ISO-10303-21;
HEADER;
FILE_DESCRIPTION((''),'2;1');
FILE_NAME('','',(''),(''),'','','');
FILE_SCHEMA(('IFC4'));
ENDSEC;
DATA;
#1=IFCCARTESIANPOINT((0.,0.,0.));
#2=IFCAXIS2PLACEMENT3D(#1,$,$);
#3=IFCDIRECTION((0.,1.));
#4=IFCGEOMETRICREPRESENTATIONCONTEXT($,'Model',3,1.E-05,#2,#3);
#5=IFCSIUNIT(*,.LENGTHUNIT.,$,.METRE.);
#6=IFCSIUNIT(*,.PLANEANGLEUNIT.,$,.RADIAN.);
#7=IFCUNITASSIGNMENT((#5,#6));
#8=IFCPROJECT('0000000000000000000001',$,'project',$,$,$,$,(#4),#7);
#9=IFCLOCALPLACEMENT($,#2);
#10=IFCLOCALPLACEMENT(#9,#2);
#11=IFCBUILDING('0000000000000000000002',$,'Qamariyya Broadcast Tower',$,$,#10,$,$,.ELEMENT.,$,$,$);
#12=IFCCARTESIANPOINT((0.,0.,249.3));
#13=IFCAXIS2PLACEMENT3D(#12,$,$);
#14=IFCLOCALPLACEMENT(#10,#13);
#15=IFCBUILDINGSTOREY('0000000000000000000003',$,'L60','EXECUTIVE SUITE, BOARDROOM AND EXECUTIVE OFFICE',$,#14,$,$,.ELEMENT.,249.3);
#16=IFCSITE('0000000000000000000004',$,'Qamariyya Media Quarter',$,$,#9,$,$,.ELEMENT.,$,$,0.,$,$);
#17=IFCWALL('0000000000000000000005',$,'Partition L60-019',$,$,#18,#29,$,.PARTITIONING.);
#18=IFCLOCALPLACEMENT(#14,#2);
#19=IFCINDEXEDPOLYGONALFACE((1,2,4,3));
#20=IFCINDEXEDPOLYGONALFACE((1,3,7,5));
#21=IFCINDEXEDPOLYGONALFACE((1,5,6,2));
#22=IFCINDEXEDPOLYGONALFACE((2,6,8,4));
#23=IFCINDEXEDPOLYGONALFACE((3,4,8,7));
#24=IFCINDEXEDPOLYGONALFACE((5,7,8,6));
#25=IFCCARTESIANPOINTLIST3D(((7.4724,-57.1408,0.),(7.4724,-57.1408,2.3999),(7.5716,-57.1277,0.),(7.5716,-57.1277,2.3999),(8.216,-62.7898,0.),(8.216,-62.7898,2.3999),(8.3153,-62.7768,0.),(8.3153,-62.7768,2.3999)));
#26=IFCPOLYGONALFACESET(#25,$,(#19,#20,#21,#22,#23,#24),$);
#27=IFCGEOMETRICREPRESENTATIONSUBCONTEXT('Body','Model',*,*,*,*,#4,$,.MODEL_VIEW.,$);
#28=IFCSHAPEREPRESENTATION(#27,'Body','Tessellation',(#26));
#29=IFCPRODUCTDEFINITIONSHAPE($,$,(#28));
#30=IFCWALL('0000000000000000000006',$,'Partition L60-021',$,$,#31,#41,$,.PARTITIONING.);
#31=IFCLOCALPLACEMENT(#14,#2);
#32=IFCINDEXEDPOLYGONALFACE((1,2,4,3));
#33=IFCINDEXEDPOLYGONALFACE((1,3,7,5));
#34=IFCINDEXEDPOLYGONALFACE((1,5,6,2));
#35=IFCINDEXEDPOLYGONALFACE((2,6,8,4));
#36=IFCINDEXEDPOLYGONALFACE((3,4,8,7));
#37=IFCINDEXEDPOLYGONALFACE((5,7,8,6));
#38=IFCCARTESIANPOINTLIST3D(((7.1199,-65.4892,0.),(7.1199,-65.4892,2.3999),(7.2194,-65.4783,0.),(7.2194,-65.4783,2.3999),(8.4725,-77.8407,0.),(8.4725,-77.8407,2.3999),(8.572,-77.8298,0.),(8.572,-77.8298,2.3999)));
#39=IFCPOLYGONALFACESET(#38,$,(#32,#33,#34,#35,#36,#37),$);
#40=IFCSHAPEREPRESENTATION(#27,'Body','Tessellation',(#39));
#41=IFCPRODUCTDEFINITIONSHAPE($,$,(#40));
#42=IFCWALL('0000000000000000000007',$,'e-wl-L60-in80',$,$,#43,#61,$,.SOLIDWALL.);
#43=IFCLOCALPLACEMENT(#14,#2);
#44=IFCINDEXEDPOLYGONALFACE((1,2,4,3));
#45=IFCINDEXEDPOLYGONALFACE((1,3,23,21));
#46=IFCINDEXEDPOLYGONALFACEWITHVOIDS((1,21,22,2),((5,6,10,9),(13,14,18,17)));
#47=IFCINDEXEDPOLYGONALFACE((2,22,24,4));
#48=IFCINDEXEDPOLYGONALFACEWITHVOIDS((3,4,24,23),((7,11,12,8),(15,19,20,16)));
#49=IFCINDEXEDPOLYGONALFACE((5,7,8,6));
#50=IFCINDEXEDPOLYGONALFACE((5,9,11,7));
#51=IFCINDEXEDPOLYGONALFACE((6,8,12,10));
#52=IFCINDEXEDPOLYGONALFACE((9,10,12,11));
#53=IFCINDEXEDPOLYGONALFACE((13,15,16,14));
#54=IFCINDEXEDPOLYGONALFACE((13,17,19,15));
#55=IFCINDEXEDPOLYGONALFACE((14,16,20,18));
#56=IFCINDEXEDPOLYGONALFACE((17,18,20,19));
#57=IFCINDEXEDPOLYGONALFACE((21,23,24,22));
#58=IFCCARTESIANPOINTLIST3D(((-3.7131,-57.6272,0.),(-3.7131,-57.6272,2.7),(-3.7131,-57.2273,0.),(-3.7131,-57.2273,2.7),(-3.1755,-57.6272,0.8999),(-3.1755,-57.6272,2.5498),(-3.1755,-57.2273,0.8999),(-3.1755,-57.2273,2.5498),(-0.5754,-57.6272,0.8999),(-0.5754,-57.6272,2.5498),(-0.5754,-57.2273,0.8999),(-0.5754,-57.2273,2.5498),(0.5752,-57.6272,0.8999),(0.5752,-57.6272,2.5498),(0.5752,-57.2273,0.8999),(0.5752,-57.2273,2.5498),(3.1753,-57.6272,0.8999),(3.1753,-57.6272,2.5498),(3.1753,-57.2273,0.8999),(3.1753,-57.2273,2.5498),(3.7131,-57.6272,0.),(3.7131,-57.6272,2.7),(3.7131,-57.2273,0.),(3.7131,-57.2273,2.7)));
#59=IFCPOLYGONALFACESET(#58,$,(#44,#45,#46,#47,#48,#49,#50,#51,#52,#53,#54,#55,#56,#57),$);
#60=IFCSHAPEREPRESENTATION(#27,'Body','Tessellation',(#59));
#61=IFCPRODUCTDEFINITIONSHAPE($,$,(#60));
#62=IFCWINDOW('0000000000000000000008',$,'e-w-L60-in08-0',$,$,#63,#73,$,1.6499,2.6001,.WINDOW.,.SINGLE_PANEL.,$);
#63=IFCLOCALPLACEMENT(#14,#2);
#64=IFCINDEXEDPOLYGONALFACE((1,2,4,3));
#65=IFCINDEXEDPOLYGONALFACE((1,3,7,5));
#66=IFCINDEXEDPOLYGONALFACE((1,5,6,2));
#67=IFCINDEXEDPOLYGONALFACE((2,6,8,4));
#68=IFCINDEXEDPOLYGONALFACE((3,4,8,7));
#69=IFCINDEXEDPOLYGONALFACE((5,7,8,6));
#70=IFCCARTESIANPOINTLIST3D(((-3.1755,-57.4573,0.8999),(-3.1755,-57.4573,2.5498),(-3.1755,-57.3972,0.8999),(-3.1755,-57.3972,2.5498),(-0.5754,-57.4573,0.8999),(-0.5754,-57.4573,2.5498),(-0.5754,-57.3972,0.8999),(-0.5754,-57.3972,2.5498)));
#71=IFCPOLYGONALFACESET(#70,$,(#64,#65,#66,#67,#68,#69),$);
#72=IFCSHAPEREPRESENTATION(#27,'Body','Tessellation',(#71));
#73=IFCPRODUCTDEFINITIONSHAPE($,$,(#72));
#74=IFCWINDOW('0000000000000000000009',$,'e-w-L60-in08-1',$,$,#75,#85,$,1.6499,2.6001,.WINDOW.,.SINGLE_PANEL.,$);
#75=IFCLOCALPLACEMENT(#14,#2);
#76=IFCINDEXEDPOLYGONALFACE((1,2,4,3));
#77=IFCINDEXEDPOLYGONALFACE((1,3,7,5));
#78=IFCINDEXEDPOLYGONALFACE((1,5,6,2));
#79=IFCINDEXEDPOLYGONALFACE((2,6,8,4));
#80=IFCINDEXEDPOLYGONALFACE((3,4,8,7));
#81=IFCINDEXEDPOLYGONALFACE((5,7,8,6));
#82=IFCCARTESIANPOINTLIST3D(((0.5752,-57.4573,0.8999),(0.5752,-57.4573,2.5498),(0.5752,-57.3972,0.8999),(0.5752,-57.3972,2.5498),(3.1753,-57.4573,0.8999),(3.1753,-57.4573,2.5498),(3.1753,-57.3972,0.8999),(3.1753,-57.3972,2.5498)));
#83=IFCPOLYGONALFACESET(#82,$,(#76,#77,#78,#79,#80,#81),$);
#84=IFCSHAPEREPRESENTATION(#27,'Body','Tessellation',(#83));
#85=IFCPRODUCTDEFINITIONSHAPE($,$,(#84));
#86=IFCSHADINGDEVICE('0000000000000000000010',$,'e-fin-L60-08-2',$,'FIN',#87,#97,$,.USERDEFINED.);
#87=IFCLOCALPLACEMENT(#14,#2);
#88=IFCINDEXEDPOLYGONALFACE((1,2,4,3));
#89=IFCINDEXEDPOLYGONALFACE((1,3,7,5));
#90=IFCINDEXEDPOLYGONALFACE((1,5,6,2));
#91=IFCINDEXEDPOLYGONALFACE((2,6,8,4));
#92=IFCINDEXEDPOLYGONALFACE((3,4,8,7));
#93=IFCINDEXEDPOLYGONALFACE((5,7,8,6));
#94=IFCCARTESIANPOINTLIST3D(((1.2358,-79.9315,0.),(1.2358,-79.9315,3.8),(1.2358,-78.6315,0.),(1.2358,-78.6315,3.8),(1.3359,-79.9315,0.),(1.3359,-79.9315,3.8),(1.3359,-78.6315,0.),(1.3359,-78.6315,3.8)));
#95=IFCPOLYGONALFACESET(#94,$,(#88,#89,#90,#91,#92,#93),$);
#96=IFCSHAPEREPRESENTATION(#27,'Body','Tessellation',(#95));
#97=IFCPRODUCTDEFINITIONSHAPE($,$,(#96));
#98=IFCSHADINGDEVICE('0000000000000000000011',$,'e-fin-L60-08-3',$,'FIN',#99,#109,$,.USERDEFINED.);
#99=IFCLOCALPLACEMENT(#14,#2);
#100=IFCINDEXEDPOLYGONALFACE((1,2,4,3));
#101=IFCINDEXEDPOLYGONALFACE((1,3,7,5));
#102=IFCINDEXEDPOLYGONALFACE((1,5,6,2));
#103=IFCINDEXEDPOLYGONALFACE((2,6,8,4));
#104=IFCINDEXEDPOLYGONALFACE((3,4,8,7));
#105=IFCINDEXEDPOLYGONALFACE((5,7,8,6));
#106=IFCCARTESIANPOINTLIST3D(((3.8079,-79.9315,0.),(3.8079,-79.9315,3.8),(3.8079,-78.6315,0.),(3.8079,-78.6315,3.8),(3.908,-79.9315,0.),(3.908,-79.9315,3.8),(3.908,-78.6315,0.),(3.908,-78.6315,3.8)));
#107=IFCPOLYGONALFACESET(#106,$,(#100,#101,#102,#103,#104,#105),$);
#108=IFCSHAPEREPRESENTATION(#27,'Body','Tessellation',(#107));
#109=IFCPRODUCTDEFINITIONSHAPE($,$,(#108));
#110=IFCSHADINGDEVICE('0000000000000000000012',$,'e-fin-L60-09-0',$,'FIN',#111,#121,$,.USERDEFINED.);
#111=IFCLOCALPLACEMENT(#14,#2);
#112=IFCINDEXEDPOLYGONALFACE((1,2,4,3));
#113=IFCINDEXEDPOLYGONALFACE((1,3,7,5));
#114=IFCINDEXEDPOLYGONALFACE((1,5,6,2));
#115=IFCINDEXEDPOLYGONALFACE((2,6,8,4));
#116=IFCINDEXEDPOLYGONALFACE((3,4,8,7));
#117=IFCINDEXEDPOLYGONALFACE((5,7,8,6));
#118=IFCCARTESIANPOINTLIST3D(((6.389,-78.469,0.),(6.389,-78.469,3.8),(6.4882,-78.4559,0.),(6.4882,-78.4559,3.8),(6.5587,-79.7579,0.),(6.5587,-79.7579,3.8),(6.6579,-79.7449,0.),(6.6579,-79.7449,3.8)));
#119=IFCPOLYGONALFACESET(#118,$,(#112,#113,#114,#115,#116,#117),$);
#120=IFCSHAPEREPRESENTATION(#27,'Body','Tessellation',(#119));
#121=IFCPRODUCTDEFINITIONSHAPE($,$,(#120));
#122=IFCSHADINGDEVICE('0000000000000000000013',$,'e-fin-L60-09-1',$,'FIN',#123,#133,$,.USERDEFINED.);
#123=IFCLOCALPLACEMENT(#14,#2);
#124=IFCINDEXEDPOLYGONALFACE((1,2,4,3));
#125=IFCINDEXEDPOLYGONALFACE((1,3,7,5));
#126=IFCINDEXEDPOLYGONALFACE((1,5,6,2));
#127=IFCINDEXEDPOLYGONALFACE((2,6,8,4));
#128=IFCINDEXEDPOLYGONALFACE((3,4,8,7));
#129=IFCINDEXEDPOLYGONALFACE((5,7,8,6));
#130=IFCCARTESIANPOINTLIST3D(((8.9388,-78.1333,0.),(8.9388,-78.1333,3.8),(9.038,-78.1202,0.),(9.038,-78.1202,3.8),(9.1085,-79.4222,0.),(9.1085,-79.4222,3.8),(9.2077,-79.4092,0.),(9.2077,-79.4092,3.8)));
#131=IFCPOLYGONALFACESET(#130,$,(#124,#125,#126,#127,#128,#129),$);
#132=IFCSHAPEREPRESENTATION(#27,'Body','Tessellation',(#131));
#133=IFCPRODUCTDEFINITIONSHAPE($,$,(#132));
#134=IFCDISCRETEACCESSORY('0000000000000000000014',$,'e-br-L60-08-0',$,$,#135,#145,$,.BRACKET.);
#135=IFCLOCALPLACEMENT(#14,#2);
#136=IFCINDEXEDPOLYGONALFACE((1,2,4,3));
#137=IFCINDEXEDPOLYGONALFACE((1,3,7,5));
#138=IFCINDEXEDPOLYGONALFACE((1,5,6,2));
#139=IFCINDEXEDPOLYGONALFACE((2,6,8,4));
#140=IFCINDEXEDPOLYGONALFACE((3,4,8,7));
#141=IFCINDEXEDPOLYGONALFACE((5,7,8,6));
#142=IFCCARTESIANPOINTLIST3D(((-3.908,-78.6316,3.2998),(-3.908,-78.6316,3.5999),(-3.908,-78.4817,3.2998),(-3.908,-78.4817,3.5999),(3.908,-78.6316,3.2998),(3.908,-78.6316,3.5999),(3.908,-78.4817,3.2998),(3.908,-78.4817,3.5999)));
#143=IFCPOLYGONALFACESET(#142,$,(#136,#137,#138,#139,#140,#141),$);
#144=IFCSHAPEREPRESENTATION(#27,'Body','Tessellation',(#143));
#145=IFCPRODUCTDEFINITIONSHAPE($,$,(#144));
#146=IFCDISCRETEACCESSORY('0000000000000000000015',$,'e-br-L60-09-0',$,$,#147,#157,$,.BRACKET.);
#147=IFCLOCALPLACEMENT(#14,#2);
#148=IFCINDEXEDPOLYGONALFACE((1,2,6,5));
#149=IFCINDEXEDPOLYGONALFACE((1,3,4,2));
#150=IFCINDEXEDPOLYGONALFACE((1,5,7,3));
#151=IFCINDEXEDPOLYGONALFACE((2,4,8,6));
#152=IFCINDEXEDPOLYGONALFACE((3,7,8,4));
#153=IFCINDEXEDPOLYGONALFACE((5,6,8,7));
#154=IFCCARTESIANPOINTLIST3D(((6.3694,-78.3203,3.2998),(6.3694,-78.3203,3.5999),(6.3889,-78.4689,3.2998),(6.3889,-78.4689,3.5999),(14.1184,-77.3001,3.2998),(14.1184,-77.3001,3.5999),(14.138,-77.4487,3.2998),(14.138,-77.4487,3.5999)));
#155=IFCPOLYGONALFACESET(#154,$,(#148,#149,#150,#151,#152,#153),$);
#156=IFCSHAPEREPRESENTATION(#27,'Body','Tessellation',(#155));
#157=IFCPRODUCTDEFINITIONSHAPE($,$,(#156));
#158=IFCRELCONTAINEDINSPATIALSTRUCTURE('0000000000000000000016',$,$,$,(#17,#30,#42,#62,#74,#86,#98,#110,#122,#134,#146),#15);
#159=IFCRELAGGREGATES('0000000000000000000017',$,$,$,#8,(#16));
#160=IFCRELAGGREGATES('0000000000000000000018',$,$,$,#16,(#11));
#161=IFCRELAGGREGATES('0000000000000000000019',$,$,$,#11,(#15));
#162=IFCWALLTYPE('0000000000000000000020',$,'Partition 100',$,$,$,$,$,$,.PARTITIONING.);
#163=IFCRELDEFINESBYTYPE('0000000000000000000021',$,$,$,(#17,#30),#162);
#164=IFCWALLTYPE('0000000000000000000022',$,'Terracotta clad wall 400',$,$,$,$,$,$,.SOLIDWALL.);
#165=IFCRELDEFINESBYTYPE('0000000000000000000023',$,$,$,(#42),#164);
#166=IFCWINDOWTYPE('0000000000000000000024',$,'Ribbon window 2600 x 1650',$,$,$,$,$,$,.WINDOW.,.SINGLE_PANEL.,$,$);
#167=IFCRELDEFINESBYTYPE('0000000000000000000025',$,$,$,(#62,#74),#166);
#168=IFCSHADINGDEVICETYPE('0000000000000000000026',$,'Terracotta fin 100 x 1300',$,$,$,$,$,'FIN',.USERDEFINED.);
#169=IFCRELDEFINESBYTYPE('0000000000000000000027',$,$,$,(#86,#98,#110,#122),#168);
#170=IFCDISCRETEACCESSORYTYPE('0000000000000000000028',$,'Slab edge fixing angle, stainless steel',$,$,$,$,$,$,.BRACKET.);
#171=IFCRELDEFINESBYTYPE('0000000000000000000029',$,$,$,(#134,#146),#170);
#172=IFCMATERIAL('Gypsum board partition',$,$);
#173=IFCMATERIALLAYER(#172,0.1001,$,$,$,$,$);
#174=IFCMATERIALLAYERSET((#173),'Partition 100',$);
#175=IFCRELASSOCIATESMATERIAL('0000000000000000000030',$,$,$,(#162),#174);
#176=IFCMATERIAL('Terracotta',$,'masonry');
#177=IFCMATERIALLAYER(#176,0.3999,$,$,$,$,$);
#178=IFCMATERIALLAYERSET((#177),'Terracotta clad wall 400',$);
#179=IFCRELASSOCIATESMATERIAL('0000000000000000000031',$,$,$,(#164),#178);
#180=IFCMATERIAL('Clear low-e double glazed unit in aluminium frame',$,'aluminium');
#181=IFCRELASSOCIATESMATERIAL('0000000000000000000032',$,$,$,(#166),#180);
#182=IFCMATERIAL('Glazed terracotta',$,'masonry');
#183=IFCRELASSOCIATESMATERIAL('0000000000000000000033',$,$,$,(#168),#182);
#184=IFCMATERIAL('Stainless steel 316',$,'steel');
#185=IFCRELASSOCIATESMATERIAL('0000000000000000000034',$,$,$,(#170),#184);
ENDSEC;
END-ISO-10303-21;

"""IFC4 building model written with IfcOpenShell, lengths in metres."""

from ifc_helpers import new_model, si_unit, direction, frame, frame_2d, origin, origin_2d, place, context, subcontext, project, spatial, rectangle, extrude, material, layer, layer_set, material_profile, profile_set, type_object, element, fill, save


model = new_model("IFC4")

# Units and contexts
model_context = context("Model", 3, precision=1e-05, world=origin(), true_north=direction((0.0, 1.0)))
body_context = subcontext(model_context, "Body", "Model", "MODEL_VIEW")
ifc_project = project(units=[si_unit("LENGTHUNIT", "METRE"), si_unit("PLANEANGLEUNIT", "RADIAN")], contexts=[model_context])

# Site, building, storey
site_placement = place(None, origin())
site = spatial("IfcSite", under=ifc_project, at=site_placement, Name="Qamariyya Media Quarter", CompositionType="ELEMENT", RefElevation=0.0)
building_placement = place(site_placement, origin())
building = spatial("IfcBuilding", under=site, at=building_placement, Name="Qamariyya Broadcast Tower", CompositionType="ELEMENT")
storey_placement = place(building_placement, frame((0.0, 0.0, 249.3)))
storey = spatial("IfcBuildingStorey", under=building, at=storey_placement, Name="L60", Description="EXECUTIVE SUITE, BOARDROOM AND EXECUTIVE OFFICE", CompositionType="ELEMENT", Elevation=249.3)

# Shared definitions
ifc_material_1 = material(Name="Gypsum board partition")

# Walls
ifc_layer_1 = layer(ifc_material_1, 0.1001)
ifc_layer_set_1 = layer_set([ifc_layer_1], Name="Partition 100")
wall_type_1 = type_object("IfcWallType", Name="Partition 100", PredefinedType="PARTITIONING", material=ifc_layer_set_1)
wall_1_placement = place(storey_placement, frame((7.522, -57.1343, 0.0), z_axis=(0.0, 0.0, 1.0), x_axis=(0.130519, -0.991446, 0.0)))
element("IfcWall", 1, at=wall_1_placement, inside=storey, type_object=wall_type_1, Name="Partition L60-019", PredefinedType="PARTITIONING", context=body_context, shape_type="SweptSolid", body=[
    extrude(rectangle(XDim=5.6978, YDim=0.1001, at=frame_2d((2.8489, 0.0))), origin(), (0.0, 0.0, 1.0), 2.3999),
])
wall_2_placement = place(storey_placement, frame((8.5222, -77.8352, 0.0), z_axis=(0.0, 0.0, 1.0), x_axis=(-0.108853, 0.994058, 0.0)))
element("IfcWall", 2, at=wall_2_placement, inside=storey, type_object=wall_type_1, Name="Partition L60-021", PredefinedType="PARTITIONING", context=body_context, shape_type="SweptSolid", body=[
    extrude(rectangle(XDim=12.4253, YDim=0.1001, at=frame_2d((6.2126, 0.0))), origin(), (0.0, 0.0, 1.0), 2.3999),
])

# Wall, openings, windows
ifc_material_2 = material(Name="Terracotta", Category="masonry")
ifc_layer_2 = layer(ifc_material_2, 0.3999)
ifc_layer_set_2 = layer_set([ifc_layer_2], Name="Terracotta clad wall 400")
wall_type_2 = type_object("IfcWallType", Name="Terracotta clad wall 400", PredefinedType="SOLIDWALL", material=ifc_layer_set_2)
wall_3_placement = place(storey_placement, frame((3.7131, -57.4272, 0.0), z_axis=(0.0, 0.0, 1.0), x_axis=(-1.0, 0.0, 0.0)))
wall_3 = element("IfcWall", 3, at=wall_3_placement, inside=storey, type_object=wall_type_2, Name="e-wl-L60-in80", PredefinedType="SOLIDWALL", context=body_context, shape_type="SweptSolid", body=[
    extrude(rectangle(XDim=7.4263, YDim=0.3999, at=frame_2d((3.7131, 0.0))), origin(), (0.0, 0.0, 1.0), 2.7),
])
opening_1_placement = place(wall_3_placement, frame((4.2886, 0.0, 0.8999)))
opening_1 = element("IfcOpeningElement", 4, at=opening_1_placement, cuts=wall_3, PredefinedType="OPENING", context=body_context, shape_type="SweptSolid", body=[
    extrude(rectangle(XDim=2.6001, YDim=1.6499, at=frame_2d((1.3, 0.825))), frame((0.0, 0.21, 0.0), z_axis=(0.0, -1.0, 0.0), x_axis=(1.0, 0.0, 0.0)), (0.0, 0.0, 1.0), 0.4199),
])
opening_2_placement = place(wall_3_placement, frame((0.5378, 0.0, 0.8999)))
opening_2 = element("IfcOpeningElement", 5, at=opening_2_placement, cuts=wall_3, PredefinedType="OPENING", context=body_context, shape_type="SweptSolid", body=[
    extrude(rectangle(XDim=2.6001, YDim=1.6499, at=frame_2d((1.3, 0.825))), frame((0.0, 0.21, 0.0), z_axis=(0.0, -1.0, 0.0), x_axis=(1.0, 0.0, 0.0)), (0.0, 0.0, 1.0), 0.4199),
])
ifc_material_3 = material(Name="Clear low-e double glazed unit in aluminium frame", Category="aluminium")
window_type = type_object("IfcWindowType", Name="Ribbon window 2600 x 1650", PartitioningType="SINGLE_PANEL", PredefinedType="WINDOW", material=ifc_material_3)
window_1_placement = place(opening_1_placement, origin())
window_1 = element("IfcWindow", 6, at=window_1_placement, inside=storey, type_object=window_type, Name="e-w-L60-in08-0", OverallHeight=1.6499, OverallWidth=2.6001, PartitioningType="SINGLE_PANEL", PredefinedType="WINDOW", context=body_context, shape_type="SweptSolid", body=[
    extrude(rectangle(XDim=2.6001, YDim=1.6499, at=frame_2d((1.3, 0.825))), frame((0.0, 0.03, 0.0), z_axis=(0.0, -1.0, 0.0), x_axis=(1.0, 0.0, 0.0)), (0.0, 0.0, 1.0), 0.0601),
])
fill(opening_1, window_1)
window_2_placement = place(opening_2_placement, origin())
window_2 = element("IfcWindow", 7, at=window_2_placement, inside=storey, type_object=window_type, Name="e-w-L60-in08-1", OverallHeight=1.6499, OverallWidth=2.6001, PartitioningType="SINGLE_PANEL", PredefinedType="WINDOW", context=body_context, shape_type="SweptSolid", body=[
    extrude(rectangle(XDim=2.6001, YDim=1.6499, at=frame_2d((1.3, 0.825))), frame((0.0, 0.03, 0.0), z_axis=(0.0, -1.0, 0.0), x_axis=(1.0, 0.0, 0.0)), (0.0, 0.0, 1.0), 0.0601),
])
fill(opening_2, window_2)

# Shading devices
ifc_material_4 = material(Name="Glazed terracotta", Category="masonry")
ifc_material_profile_1 = material_profile(ifc_material_4, rectangle(XDim=1.3, YDim=0.1001, at=origin_2d()))
ifc_profile_set_1 = profile_set([ifc_material_profile_1], Name="Glazed terracotta")
shading_device_type_1 = type_object("IfcShadingDeviceType", Name="Terracotta fin 100 x 1300", ElementType="FIN", PredefinedType="USERDEFINED", material=ifc_profile_set_1)
for number, where, z_axis, x_axis, name in (
    (8, (1.2859, -79.2815, 0.0), (0.0, 0.0, 1.0), (0.0, -1.0, 0.0), "e-fin-L60-08-2"),
    (9, (3.8579, -79.2815, 0.0), (0.0, 0.0, 1.0), (0.0, -1.0, 0.0), "e-fin-L60-08-3"),
    (10, (6.5234, -79.1069, 0.0), (0.0, 0.0, 1.0), (0.130526, -0.991445, 0.0), "e-fin-L60-09-0"),
    (11, (9.0732, -78.7712, 0.0), (0.0, 0.0, 1.0), (0.130526, -0.991445, 0.0), "e-fin-L60-09-1"),
):
    element("IfcShadingDevice", number, at=place(storey_placement, frame(where, z_axis=z_axis, x_axis=x_axis)), inside=storey, type_object=shading_device_type_1, Name=name, ObjectType="FIN", PredefinedType="USERDEFINED", context=body_context, shape_type="SweptSolid", body=[
        extrude(rectangle(XDim=1.3, YDim=0.1001, at=origin_2d()), origin(), (0.0, 0.0, 1.0), 3.8),
    ])

# Discrete accessories
ifc_material_5 = material(Name="Stainless steel 316", Category="steel")
discrete_accessory_type = type_object("IfcDiscreteAccessoryType", Name="Slab edge fixing angle, stainless steel", PredefinedType="BRACKET", material=ifc_material_5)
for number, where, z_axis, x_axis, name in (
    (12, (0.0, -78.5566, 3.2998), (0.0, 0.0, 1.0), (1.0, 0.0, 0.0), "e-br-L60-08-0"),
    (13, (10.2537, -77.8845, 3.2998), (0.0, 0.0, 1.0), (0.991445, 0.130526, 0.0), "e-br-L60-09-0"),
):
    element("IfcDiscreteAccessory", number, at=place(storey_placement, frame(where, z_axis=z_axis, x_axis=x_axis)), inside=storey, type_object=discrete_accessory_type, Name=name, PredefinedType="BRACKET", context=body_context, shape_type="SweptSolid", body=[
        extrude(rectangle(XDim=7.8159, YDim=0.1499, at=origin_2d()), origin(), (0.0, 0.0, 1.0), 0.3),
    ])

save(model, "model.ifc")
